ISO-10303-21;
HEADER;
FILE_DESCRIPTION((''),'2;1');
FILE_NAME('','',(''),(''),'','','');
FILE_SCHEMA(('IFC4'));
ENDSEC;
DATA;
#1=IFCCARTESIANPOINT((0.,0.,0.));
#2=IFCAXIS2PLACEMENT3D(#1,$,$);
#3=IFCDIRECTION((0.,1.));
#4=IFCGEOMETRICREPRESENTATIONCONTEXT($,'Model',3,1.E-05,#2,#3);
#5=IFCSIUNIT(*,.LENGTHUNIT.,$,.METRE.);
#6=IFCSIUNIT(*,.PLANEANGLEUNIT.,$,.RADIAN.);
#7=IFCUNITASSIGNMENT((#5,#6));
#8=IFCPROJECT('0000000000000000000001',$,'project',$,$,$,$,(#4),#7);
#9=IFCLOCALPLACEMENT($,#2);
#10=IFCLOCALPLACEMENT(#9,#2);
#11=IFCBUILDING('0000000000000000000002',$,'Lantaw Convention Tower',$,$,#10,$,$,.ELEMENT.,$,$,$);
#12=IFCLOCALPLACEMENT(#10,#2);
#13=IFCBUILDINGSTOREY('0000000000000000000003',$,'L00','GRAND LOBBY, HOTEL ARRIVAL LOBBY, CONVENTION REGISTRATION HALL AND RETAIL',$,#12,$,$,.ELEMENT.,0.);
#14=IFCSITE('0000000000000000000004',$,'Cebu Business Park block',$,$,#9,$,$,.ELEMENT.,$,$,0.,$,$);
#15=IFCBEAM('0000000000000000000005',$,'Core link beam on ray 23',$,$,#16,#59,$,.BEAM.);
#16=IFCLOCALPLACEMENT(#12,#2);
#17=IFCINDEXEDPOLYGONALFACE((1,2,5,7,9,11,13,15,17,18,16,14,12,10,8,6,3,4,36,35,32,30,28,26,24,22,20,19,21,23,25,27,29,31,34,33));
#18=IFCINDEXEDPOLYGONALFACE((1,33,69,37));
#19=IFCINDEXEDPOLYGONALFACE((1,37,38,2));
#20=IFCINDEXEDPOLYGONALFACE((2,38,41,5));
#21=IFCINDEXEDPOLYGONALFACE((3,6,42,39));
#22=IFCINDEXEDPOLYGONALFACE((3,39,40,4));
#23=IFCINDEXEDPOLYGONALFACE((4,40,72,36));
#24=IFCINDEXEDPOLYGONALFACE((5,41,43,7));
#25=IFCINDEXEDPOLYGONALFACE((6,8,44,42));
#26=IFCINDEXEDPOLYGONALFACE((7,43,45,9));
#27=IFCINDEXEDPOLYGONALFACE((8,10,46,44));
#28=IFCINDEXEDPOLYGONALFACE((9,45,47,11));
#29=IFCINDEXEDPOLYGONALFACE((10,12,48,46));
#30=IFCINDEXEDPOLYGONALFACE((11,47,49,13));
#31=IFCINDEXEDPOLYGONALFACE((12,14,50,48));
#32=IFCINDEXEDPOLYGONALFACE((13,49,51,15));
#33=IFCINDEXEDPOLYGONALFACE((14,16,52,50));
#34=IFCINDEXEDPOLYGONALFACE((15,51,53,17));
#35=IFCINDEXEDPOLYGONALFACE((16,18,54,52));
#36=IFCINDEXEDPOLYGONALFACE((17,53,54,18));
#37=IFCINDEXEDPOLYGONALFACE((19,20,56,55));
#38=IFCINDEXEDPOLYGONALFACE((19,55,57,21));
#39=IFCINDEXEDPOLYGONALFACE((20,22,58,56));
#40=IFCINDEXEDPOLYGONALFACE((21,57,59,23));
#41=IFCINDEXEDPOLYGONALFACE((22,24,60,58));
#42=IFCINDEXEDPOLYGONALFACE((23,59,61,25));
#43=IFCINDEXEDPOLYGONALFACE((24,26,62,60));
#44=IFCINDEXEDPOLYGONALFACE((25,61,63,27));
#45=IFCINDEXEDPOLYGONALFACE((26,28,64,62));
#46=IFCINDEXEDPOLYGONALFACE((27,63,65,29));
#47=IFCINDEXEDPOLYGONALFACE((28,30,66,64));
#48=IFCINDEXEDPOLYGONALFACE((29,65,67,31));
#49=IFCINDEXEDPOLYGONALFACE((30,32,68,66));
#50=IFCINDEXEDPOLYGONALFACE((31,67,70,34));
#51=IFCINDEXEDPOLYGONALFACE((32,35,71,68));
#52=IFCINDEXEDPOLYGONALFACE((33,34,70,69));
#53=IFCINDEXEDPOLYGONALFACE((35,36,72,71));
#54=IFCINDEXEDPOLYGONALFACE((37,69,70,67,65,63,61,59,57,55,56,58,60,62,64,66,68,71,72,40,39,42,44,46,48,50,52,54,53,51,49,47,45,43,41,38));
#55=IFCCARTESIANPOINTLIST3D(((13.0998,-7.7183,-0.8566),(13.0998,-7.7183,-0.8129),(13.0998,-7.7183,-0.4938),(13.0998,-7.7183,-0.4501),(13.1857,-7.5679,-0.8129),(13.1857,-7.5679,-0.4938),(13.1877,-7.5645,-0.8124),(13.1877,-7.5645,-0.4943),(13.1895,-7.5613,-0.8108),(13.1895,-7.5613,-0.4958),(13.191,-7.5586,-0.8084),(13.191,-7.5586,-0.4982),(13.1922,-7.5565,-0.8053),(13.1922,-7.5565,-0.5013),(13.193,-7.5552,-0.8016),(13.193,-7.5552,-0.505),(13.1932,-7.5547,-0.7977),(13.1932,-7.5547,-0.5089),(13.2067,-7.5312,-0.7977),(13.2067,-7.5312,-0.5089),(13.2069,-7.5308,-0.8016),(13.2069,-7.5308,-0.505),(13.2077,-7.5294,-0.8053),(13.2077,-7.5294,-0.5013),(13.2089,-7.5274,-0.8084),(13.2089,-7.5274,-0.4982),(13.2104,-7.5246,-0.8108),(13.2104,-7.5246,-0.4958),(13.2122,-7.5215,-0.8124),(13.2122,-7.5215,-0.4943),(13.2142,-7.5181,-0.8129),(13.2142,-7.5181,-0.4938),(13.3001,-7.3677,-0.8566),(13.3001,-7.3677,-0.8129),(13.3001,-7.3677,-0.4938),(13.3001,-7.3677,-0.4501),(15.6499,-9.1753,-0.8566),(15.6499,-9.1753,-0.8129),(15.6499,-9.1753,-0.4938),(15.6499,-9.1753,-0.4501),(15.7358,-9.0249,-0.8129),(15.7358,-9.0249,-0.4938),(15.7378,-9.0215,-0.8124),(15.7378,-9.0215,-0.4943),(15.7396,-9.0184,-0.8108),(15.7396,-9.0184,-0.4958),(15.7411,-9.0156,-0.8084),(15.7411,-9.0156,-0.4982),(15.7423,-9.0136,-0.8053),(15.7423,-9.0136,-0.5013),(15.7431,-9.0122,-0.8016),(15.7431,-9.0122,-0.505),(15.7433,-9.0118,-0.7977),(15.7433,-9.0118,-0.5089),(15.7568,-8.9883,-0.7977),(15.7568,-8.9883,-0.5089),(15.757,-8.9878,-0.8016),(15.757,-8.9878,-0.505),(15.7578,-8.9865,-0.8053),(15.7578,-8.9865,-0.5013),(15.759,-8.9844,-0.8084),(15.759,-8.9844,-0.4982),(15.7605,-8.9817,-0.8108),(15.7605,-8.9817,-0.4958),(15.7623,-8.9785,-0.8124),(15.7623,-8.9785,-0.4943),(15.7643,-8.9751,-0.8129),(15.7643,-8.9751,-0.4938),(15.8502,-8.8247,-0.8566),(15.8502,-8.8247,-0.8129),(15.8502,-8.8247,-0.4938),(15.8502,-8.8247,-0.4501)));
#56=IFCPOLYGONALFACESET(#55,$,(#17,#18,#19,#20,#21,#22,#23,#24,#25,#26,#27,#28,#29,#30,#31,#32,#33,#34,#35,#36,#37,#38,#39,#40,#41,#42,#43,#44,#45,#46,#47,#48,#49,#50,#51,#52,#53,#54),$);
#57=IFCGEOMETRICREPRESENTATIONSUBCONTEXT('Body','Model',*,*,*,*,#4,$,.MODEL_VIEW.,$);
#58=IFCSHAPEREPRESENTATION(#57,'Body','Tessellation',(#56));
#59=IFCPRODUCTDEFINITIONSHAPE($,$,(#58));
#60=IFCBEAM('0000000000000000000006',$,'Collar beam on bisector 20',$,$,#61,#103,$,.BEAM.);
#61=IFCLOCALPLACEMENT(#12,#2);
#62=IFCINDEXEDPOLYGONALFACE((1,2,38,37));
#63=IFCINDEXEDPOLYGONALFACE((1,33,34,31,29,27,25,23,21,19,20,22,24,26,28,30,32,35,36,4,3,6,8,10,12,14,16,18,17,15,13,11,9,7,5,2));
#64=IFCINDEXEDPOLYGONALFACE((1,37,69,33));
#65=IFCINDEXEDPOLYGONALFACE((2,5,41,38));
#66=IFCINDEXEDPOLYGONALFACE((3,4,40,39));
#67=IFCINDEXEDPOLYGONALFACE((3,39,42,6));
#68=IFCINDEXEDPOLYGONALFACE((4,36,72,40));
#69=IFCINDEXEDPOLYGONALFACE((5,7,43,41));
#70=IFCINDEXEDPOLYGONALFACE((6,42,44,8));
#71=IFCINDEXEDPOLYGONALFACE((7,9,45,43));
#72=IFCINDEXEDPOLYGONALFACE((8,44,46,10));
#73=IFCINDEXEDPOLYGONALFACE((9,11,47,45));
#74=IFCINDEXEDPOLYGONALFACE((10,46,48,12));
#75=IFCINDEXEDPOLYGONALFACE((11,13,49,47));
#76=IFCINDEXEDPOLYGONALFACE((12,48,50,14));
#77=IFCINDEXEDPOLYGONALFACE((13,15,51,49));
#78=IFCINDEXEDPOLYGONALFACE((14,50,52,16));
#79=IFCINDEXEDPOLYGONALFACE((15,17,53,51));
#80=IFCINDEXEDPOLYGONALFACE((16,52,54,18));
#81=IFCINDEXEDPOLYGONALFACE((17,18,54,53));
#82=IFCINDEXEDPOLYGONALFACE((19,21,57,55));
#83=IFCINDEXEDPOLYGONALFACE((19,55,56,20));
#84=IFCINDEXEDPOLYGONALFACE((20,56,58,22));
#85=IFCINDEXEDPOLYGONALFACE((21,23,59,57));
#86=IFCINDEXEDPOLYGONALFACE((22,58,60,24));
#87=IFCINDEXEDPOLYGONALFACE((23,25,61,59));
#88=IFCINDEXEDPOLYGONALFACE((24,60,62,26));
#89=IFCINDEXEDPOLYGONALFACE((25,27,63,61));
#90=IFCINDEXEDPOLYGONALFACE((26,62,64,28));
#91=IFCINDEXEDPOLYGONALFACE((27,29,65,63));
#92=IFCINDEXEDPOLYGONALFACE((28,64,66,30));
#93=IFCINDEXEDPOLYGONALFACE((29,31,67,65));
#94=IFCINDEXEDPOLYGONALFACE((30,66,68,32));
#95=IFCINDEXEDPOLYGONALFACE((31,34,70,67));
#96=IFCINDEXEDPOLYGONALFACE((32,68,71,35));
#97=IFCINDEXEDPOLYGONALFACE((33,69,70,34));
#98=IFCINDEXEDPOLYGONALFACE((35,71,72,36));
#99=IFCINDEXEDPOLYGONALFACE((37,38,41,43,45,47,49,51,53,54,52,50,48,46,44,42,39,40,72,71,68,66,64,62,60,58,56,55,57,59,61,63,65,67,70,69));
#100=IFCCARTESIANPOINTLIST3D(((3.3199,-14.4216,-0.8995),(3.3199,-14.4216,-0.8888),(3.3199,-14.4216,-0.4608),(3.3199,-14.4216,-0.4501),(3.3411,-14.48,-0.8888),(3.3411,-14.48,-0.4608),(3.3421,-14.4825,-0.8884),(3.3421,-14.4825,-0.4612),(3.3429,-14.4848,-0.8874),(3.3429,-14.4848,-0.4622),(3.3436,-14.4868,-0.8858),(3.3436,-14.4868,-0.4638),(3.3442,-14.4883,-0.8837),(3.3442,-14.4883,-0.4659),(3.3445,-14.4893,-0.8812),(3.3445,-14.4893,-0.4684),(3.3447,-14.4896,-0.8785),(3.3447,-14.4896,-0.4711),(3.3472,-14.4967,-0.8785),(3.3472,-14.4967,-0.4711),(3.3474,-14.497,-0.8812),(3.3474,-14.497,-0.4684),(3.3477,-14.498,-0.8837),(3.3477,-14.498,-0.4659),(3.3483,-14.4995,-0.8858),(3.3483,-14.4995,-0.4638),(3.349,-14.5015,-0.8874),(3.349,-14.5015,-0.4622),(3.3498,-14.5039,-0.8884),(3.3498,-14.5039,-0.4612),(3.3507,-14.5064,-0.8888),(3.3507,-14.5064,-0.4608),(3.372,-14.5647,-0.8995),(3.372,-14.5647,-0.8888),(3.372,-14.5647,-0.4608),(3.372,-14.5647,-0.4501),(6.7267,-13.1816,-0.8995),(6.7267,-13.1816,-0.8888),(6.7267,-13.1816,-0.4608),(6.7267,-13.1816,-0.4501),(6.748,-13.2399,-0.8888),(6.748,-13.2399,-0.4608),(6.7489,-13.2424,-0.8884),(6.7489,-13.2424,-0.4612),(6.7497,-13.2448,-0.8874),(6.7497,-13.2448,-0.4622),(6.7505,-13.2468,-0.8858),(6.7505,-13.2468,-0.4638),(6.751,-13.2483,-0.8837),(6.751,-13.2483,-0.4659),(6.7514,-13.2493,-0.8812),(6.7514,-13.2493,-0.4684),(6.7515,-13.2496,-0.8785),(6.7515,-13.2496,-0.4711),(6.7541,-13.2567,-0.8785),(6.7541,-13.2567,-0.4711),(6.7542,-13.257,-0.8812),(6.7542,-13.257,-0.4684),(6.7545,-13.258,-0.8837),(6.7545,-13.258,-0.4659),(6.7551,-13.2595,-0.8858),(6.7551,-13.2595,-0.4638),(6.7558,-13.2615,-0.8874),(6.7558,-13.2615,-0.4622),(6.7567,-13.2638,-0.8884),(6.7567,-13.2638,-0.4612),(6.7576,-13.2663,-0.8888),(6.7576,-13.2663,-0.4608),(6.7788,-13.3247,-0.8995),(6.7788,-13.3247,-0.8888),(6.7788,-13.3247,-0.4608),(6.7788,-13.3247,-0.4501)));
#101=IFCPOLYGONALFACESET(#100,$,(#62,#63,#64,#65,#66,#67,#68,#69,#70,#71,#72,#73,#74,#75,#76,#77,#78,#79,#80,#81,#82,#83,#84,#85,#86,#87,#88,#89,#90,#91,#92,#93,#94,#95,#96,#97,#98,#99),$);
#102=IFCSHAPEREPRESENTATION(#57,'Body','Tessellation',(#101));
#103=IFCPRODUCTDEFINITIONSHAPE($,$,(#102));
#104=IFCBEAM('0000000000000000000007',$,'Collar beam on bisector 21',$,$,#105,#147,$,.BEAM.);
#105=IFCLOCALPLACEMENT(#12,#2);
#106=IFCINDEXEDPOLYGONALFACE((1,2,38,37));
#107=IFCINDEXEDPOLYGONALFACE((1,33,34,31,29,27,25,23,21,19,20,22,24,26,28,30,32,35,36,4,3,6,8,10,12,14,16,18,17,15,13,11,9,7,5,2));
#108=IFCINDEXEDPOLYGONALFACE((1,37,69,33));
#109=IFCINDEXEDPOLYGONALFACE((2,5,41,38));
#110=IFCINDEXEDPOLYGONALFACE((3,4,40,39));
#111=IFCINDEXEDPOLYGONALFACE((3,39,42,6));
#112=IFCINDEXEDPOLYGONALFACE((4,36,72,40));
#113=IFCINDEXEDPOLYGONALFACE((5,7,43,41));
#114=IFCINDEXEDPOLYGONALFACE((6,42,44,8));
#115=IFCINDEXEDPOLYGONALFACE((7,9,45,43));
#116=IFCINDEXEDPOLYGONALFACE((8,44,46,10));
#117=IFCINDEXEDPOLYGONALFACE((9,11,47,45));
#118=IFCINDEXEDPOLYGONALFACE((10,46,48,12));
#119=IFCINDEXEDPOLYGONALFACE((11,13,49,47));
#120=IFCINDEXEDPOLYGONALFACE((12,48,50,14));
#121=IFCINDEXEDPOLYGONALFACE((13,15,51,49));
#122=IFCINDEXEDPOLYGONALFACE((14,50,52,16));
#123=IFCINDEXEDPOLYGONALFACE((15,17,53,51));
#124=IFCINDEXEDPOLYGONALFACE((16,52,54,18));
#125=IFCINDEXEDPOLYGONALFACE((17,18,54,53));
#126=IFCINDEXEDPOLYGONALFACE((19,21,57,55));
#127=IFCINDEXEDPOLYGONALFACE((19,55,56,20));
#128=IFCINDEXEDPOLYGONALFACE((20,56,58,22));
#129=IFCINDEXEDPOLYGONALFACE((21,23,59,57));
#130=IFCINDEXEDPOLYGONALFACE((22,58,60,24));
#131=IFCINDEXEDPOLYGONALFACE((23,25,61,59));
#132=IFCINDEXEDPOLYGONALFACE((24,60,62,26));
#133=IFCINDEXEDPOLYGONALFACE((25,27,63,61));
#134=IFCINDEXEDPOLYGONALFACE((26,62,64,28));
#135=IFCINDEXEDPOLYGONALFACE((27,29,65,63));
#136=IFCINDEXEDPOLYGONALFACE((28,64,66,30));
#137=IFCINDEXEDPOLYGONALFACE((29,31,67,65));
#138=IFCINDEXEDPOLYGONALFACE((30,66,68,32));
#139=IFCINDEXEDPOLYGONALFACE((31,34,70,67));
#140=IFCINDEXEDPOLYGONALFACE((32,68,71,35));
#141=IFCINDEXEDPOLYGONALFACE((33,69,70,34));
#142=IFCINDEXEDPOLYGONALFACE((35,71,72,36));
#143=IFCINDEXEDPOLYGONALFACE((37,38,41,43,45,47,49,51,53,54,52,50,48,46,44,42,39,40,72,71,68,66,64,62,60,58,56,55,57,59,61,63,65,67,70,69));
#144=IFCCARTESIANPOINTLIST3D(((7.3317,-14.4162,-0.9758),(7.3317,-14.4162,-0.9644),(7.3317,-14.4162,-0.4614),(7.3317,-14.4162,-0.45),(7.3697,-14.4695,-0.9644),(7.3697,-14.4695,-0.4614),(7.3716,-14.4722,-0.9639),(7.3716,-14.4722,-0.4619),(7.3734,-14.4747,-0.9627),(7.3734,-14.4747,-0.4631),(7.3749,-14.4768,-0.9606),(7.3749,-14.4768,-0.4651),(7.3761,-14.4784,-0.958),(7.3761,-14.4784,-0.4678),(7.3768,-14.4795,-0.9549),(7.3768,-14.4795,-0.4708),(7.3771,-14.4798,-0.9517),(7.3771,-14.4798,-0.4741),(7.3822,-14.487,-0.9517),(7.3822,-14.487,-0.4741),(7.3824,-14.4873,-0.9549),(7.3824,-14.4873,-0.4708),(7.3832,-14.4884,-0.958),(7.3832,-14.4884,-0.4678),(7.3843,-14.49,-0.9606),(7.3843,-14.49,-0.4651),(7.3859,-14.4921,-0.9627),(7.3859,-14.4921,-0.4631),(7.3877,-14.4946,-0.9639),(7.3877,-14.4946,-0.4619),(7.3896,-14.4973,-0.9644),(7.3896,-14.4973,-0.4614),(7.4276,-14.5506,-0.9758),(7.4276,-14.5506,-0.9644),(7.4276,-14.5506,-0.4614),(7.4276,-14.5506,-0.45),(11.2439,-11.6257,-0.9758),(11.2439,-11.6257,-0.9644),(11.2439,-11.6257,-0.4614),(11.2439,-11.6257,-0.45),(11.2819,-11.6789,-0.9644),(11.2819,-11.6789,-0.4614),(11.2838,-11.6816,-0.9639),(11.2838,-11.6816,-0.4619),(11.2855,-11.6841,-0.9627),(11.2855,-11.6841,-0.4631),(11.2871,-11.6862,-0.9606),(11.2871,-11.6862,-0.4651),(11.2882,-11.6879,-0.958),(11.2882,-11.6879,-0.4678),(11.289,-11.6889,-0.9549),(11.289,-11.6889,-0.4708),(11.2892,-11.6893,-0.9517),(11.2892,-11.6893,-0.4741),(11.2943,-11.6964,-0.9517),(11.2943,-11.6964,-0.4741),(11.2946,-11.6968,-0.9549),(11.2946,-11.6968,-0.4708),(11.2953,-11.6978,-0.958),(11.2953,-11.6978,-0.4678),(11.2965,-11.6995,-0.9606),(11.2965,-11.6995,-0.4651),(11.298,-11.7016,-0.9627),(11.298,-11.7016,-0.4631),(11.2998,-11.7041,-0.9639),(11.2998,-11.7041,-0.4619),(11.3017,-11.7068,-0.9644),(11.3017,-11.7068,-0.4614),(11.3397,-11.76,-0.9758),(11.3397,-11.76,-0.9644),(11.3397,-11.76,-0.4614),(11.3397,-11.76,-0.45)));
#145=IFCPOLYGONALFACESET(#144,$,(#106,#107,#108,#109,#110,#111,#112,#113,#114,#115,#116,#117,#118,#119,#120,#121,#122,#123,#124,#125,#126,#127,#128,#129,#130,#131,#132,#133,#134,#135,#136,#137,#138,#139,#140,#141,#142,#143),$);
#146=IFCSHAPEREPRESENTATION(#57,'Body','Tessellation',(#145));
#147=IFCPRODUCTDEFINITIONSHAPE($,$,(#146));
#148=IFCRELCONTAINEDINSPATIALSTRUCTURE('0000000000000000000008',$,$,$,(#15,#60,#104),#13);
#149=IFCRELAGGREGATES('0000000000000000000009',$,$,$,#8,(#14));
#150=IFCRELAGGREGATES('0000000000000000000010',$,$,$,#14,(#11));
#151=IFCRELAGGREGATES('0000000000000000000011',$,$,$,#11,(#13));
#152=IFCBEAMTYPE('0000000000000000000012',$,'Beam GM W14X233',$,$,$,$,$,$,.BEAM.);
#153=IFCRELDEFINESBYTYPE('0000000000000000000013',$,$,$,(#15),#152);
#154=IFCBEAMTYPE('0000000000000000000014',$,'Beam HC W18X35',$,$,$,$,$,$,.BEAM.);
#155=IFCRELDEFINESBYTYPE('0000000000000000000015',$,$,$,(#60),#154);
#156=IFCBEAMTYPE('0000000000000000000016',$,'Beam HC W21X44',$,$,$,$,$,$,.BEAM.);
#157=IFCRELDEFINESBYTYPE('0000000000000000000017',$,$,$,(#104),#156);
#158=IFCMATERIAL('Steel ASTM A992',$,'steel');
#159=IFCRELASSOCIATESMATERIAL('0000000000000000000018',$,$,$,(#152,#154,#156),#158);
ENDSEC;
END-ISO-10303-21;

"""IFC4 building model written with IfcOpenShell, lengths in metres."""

from ifc_helpers import new_model, si_unit, direction, frame, origin, origin_2d, place, context, subcontext, project, spatial, i_section, extrude, material, material_profile, profile_set, type_object, element, save


model = new_model("IFC4")

# Units and contexts
model_context = context("Model", 3, precision=1e-05, world=origin(), true_north=direction((0.0, 1.0)))
body_context = subcontext(model_context, "Body", "Model", "MODEL_VIEW")
ifc_project = project(units=[si_unit("LENGTHUNIT", "METRE"), si_unit("PLANEANGLEUNIT", "RADIAN")], contexts=[model_context])

# Site, building, storey
site_placement = place(None, origin())
site = spatial("IfcSite", under=ifc_project, at=site_placement, Name="Cebu Business Park block", CompositionType="ELEMENT", RefElevation=0.0)
building_placement = place(site_placement, origin())
building = spatial("IfcBuilding", under=site, at=building_placement, Name="Lantaw Convention Tower", CompositionType="ELEMENT")
storey_placement = place(building_placement, origin())
storey = spatial("IfcBuildingStorey", under=building, at=storey_placement, Name="L00", Description="GRAND LOBBY, HOTEL ARRIVAL LOBBY, CONVENTION REGISTRATION HALL AND RETAIL", CompositionType="ELEMENT", Elevation=0.0)

# Beams
ifc_material_1 = material(Name="Steel ASTM A992", Category="steel")
ifc_material_profile_1 = material_profile(ifc_material_1, i_section(OverallWidth=0.4038, OverallDepth=0.4065, WebThickness=0.0271, FlangeThickness=0.0437, FilletRadius=0.0151, at=origin_2d()), Name="W14X233")
ifc_profile_set_1 = profile_set([ifc_material_profile_1], Name="Steel ASTM A992")
beam_type_1 = type_object("IfcBeamType", Name="Beam GM W14X233", PredefinedType="BEAM", material=ifc_profile_set_1)
beam_1_placement = place(storey_placement, frame((13.2, -7.543, -0.6533), z_axis=(0.868264, -0.496103, 0.0), x_axis=(0.496103, 0.868264, 0.0)))
element("IfcBeam", 1, at=beam_1_placement, inside=storey, type_object=beam_type_1, Name="Core link beam on ray 23", PredefinedType="BEAM", context=body_context, shape_type="SweptSolid", body=[
    extrude(i_section(OverallWidth=0.4038, OverallDepth=0.4065, WebThickness=0.0271, FlangeThickness=0.0437, FilletRadius=0.0151, at=origin_2d()), origin(), (0.0, 0.0, 1.0), 2.937),
])
ifc_material_profile_2 = material_profile(ifc_material_1, i_section(OverallWidth=0.1523, OverallDepth=0.4495, WebThickness=0.0076, FlangeThickness=0.0107, FilletRadius=0.0103, at=origin_2d()), Name="W18X35")
ifc_profile_set_2 = profile_set([ifc_material_profile_2], Name="Steel ASTM A992")
beam_type_2 = type_object("IfcBeamType", Name="Beam HC W18X35", PredefinedType="BEAM", material=ifc_profile_set_2)
beam_2_placement = place(storey_placement, frame((3.3459, -14.4932, -0.6748), z_axis=(0.939689, 0.34203, 0.0), x_axis=(-0.34203, 0.939689, 0.0)))
element("IfcBeam", 2, at=beam_2_placement, inside=storey, type_object=beam_type_2, Name="Collar beam on bisector 20", PredefinedType="BEAM", context=body_context, shape_type="SweptSolid", body=[
    extrude(i_section(OverallWidth=0.1523, OverallDepth=0.4495, WebThickness=0.0076, FlangeThickness=0.0107, FilletRadius=0.0103, at=origin_2d()), origin(), (0.0, 0.0, 1.0), 3.6255),
])
ifc_material_profile_3 = material_profile(ifc_material_1, i_section(OverallWidth=0.165, OverallDepth=0.5259, WebThickness=0.0088, FlangeThickness=0.0115, FilletRadius=0.0127, at=origin_2d()), Name="W21X44")
ifc_profile_set_3 = profile_set([ifc_material_profile_3], Name="Steel ASTM A992")
beam_type_3 = type_object("IfcBeamType", Name="Beam HC W21X44", PredefinedType="BEAM", material=ifc_profile_set_3)
beam_3_placement = place(storey_placement, frame((7.3796, -14.4834, -0.7129), z_axis=(0.814111, 0.580709, 0.0), x_axis=(-0.580709, 0.814111, 0.0)))
element("IfcBeam", 3, at=beam_3_placement, inside=storey, type_object=beam_type_3, Name="Collar beam on bisector 21", PredefinedType="BEAM", context=body_context, shape_type="SweptSolid", body=[
    extrude(i_section(OverallWidth=0.165, OverallDepth=0.5259, WebThickness=0.0088, FlangeThickness=0.0115, FilletRadius=0.0127, at=origin_2d()), origin(), (0.0, 0.0, 1.0), 4.8054),
])

save(model, "model.ifc")
